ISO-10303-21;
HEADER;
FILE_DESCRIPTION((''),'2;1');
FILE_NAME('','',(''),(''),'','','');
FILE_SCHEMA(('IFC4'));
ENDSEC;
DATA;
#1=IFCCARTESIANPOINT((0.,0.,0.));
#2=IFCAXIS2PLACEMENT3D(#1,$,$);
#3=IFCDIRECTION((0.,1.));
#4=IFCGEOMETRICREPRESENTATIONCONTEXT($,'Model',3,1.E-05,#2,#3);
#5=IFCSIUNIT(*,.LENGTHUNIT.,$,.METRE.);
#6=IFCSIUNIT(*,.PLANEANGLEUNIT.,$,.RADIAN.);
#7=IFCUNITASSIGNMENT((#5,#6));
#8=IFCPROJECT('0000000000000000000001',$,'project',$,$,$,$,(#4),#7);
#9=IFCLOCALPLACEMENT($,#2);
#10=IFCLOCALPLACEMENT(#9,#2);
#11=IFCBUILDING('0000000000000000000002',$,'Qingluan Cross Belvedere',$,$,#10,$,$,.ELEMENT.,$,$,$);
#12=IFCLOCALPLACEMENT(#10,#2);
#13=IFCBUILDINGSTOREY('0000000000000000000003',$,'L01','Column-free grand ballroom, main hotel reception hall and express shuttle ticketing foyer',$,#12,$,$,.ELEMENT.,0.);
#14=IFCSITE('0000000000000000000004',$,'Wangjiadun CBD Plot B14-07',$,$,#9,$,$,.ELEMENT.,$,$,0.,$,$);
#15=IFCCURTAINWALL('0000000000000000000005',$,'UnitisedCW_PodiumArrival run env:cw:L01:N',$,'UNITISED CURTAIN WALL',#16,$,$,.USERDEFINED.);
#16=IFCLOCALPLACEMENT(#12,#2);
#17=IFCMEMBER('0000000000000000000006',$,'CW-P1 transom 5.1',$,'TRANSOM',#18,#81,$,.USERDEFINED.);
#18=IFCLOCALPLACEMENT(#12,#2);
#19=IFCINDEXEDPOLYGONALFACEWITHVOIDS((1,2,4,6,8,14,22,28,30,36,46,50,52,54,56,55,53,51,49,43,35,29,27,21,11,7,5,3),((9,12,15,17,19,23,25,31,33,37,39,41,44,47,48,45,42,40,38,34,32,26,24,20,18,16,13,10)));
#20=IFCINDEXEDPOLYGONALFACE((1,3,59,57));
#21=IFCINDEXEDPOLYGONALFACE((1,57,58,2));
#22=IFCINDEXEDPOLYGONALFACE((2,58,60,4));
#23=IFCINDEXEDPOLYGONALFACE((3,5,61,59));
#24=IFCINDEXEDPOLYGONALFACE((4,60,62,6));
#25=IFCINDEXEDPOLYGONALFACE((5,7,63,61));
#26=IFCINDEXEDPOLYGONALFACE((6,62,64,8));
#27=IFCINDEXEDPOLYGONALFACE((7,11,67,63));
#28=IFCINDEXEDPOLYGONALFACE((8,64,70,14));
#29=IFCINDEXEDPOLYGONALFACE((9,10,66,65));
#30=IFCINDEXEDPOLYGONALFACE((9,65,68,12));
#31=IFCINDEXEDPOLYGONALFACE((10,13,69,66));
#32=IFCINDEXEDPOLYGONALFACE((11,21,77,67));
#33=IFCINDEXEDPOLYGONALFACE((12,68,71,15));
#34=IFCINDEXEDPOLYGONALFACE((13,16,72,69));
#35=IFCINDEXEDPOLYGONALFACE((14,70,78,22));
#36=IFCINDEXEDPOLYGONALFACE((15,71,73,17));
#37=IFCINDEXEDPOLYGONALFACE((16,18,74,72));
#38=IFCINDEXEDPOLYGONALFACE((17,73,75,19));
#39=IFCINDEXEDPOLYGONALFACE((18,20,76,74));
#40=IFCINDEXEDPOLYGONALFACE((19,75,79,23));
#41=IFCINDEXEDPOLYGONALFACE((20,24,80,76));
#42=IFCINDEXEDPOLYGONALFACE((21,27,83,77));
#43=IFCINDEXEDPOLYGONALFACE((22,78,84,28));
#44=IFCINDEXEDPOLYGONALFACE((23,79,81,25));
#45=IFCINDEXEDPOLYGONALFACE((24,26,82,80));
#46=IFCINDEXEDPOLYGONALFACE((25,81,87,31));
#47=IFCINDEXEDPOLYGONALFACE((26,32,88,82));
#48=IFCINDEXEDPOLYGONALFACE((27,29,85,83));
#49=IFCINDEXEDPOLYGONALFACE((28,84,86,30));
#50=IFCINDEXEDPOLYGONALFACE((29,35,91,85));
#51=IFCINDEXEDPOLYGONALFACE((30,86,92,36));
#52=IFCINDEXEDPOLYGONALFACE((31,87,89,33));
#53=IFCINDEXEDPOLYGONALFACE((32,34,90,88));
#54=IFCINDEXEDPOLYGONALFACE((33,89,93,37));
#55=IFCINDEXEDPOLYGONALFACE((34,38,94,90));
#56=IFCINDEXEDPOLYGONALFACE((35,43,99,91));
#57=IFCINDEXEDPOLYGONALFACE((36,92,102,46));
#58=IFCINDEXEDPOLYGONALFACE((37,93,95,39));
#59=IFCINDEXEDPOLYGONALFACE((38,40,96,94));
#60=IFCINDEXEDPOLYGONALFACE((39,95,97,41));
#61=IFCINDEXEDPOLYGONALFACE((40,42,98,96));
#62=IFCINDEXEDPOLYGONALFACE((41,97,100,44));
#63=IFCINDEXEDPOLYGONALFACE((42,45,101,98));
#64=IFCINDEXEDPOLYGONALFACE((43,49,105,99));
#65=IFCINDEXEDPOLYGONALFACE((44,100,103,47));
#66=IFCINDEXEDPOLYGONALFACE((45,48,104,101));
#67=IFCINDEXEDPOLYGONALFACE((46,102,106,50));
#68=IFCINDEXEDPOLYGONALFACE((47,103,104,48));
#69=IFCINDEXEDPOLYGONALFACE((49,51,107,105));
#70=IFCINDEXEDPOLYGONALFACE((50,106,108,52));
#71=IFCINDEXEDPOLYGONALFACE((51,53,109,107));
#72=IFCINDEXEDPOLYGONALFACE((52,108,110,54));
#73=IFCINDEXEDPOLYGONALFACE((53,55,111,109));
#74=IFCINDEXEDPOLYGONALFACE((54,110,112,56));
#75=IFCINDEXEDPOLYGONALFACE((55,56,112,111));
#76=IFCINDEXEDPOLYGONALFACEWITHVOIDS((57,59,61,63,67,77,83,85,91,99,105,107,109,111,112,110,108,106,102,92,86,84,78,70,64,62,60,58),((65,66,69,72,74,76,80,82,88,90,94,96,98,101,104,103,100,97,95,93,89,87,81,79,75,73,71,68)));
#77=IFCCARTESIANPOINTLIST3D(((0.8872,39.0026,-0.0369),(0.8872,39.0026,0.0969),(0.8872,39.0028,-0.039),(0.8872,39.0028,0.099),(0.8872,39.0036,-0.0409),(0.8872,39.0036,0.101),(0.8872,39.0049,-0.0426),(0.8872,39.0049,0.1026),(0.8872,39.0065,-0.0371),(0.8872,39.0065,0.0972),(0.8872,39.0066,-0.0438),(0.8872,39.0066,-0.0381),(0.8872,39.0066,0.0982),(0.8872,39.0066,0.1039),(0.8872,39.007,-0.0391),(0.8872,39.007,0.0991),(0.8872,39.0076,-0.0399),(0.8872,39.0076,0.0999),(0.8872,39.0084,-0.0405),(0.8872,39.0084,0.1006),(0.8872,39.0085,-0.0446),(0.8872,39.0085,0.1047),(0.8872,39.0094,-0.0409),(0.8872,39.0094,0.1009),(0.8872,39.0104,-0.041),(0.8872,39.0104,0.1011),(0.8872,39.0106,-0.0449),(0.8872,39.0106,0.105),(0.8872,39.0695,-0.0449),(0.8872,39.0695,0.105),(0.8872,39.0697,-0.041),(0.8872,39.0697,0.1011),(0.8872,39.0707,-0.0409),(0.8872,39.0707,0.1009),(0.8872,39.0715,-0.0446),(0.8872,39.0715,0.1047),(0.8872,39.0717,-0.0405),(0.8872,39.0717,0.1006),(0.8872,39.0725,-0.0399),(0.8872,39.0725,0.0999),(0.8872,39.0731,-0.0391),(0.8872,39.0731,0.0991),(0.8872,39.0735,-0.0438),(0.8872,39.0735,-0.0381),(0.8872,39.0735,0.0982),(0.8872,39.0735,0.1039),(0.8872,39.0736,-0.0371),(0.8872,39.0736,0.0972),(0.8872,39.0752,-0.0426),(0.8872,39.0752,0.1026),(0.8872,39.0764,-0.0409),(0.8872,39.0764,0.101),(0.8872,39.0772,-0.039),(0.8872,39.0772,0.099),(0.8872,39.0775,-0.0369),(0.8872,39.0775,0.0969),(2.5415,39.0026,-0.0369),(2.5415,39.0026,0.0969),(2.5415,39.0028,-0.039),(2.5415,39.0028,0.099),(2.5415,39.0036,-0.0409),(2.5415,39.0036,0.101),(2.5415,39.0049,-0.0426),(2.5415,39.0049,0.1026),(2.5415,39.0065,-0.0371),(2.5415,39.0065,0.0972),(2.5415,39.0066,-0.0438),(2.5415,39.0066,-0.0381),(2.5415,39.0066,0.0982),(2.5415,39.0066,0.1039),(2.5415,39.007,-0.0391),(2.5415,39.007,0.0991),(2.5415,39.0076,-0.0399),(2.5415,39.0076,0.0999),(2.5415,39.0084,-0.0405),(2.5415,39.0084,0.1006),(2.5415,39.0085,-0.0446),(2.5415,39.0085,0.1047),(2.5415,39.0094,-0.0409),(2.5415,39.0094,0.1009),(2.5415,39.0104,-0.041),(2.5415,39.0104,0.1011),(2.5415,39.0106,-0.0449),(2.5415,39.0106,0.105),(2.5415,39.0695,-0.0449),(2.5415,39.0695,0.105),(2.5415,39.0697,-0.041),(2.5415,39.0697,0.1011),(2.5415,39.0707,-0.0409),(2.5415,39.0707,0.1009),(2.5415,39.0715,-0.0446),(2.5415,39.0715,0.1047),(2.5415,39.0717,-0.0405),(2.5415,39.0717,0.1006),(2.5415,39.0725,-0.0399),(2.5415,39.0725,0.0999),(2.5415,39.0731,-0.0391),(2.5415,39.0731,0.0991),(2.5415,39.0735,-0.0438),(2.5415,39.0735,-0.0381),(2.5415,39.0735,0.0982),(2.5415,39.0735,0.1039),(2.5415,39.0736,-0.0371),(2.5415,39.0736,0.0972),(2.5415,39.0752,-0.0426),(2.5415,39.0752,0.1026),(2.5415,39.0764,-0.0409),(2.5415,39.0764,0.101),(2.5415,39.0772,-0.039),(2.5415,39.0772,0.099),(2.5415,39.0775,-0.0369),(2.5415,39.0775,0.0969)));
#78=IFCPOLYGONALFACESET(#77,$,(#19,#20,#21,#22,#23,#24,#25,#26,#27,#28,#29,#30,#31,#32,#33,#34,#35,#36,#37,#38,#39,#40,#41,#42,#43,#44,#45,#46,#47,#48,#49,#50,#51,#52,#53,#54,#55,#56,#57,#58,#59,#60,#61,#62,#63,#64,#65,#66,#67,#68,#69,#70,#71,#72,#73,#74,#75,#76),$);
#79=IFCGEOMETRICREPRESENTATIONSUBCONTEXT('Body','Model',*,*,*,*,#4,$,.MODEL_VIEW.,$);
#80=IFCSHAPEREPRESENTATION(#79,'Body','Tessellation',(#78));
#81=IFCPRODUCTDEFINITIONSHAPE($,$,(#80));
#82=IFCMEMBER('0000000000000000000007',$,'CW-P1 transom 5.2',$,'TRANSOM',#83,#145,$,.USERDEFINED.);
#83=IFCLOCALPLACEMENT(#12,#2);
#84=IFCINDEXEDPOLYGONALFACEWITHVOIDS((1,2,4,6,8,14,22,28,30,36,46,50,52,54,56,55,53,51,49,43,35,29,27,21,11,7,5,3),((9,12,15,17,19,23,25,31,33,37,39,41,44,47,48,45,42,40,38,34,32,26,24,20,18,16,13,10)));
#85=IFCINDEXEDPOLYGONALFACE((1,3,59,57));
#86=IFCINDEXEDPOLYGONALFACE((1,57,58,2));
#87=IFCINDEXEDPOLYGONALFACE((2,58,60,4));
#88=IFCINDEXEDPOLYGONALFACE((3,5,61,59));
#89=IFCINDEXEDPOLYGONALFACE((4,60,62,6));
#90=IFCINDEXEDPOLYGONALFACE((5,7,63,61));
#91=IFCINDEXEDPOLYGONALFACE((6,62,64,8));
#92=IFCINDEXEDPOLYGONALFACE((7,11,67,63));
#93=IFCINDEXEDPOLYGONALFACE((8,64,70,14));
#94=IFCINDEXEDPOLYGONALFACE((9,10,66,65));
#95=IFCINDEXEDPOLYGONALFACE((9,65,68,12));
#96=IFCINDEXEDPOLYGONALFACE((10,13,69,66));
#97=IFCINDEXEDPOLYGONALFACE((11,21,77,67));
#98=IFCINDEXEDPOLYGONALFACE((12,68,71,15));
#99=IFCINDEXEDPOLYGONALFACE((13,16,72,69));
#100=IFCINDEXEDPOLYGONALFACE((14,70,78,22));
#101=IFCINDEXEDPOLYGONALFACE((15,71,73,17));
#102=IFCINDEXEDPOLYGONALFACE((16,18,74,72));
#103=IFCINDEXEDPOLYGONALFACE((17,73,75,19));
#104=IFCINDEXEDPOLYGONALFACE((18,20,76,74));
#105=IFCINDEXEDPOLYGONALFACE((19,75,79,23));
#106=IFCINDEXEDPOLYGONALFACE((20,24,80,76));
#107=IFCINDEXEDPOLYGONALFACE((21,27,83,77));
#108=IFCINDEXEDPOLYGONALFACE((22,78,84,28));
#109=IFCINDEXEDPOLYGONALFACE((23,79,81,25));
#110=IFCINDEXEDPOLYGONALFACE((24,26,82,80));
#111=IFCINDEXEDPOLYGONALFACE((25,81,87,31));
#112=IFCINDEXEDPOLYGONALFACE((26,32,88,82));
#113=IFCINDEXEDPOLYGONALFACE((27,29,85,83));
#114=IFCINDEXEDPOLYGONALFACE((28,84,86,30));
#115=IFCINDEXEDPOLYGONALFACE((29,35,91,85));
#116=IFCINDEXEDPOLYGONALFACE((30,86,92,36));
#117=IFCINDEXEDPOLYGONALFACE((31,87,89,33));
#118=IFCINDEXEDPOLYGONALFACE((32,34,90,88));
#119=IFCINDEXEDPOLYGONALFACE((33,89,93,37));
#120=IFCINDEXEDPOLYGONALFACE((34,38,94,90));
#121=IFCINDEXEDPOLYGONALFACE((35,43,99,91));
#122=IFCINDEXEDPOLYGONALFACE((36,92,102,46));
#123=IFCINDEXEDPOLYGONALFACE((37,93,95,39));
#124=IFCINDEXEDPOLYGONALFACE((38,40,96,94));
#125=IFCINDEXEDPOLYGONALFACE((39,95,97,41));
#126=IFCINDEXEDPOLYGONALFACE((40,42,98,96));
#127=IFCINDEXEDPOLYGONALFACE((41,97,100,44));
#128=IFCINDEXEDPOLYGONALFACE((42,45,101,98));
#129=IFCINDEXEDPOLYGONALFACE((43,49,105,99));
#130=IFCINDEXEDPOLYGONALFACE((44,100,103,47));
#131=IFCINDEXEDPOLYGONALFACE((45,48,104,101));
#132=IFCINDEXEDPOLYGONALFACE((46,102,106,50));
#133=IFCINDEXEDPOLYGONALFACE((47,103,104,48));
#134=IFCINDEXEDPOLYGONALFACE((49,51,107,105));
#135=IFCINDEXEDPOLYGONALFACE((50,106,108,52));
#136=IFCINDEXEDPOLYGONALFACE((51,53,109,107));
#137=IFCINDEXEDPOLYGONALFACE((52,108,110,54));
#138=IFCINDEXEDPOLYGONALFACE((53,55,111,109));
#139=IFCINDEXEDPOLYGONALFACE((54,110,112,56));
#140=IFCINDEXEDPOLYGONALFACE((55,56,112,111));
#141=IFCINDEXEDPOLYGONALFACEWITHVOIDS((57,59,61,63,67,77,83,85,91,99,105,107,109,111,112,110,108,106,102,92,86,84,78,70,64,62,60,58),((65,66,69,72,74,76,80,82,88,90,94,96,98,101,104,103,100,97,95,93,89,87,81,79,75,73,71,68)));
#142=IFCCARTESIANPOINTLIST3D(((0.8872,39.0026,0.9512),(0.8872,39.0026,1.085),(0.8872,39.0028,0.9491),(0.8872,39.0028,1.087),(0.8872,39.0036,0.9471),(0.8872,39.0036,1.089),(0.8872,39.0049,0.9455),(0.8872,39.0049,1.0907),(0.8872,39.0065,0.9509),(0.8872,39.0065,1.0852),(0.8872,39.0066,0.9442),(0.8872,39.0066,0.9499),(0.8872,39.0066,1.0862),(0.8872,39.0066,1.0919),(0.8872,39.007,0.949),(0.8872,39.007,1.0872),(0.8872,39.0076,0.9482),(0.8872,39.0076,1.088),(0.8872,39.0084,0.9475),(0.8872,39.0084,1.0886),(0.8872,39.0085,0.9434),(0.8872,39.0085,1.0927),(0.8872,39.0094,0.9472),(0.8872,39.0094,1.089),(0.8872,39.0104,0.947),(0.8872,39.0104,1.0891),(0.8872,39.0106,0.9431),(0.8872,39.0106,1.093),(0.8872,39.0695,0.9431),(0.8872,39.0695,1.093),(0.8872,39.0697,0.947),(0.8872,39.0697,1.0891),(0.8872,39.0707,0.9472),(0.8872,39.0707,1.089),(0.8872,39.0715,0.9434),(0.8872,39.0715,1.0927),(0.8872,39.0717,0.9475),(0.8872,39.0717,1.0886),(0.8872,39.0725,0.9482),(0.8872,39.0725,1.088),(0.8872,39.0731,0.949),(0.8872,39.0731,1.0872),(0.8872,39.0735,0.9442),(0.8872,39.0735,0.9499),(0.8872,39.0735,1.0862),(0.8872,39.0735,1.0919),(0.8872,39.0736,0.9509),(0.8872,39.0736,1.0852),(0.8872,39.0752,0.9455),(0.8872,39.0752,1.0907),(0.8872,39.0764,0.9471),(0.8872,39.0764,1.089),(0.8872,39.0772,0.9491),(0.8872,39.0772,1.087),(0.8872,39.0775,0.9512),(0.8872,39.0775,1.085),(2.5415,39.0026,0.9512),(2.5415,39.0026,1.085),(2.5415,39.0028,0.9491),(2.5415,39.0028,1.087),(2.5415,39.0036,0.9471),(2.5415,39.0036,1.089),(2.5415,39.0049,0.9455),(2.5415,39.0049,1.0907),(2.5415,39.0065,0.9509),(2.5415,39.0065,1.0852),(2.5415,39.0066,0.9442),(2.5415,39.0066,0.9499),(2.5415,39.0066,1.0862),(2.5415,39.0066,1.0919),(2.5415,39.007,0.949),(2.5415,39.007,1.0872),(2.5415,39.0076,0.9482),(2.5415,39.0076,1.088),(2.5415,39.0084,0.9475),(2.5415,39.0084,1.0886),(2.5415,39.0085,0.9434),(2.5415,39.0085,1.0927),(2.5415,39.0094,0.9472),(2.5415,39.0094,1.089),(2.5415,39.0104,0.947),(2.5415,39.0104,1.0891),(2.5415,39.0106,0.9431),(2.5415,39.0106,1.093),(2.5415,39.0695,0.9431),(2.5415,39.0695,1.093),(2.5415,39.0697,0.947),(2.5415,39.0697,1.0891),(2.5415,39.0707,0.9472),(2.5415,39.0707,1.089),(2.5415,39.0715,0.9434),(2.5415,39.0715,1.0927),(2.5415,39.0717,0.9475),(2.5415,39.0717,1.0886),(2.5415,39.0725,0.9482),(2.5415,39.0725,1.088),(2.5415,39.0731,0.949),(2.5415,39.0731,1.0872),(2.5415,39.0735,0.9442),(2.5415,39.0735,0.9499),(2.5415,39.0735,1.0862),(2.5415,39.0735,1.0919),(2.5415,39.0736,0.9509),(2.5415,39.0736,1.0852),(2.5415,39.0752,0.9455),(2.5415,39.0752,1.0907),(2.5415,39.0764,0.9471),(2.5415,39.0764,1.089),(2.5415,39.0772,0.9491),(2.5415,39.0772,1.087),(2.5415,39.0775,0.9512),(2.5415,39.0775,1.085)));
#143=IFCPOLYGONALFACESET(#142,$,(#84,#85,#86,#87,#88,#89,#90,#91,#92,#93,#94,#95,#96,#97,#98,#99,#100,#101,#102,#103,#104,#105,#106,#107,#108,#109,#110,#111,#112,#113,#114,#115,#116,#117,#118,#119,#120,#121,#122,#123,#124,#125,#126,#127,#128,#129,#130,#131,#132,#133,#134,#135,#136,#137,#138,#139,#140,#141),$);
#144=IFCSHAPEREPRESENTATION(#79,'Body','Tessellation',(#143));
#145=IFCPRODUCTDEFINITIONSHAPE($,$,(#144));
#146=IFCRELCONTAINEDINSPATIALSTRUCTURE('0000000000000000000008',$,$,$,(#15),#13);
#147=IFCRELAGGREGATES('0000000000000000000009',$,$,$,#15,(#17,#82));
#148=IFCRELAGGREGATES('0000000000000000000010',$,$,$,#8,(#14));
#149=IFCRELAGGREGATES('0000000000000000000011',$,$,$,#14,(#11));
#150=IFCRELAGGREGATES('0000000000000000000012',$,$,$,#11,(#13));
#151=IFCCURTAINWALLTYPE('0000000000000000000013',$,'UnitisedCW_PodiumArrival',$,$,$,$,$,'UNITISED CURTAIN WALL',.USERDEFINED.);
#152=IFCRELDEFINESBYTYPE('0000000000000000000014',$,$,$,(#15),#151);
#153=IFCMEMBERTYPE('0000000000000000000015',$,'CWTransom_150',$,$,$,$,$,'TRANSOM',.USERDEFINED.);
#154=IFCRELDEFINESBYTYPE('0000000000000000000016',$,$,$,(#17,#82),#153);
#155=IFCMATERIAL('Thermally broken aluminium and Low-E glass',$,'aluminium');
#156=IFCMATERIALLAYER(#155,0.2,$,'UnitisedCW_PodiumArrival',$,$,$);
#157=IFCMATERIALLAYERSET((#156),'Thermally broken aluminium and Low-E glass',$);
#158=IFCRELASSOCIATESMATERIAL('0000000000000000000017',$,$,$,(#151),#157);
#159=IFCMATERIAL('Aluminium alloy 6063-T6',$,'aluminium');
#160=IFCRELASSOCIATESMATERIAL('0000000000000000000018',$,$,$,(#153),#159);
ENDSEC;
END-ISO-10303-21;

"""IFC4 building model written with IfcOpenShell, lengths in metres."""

from ifc_helpers import new_model, si_unit, direction, frame, origin, origin_2d, place, context, subcontext, project, spatial, hollow_rectangle, extrude, material, layer, layer_set, material_profile, profile_set, type_object, element, aggregate, save


model = new_model("IFC4")

# Units and contexts
model_context = context("Model", 3, precision=1e-05, world=origin(), true_north=direction((0.0, 1.0)))
body_context = subcontext(model_context, "Body", "Model", "MODEL_VIEW")
ifc_project = project(units=[si_unit("LENGTHUNIT", "METRE"), si_unit("PLANEANGLEUNIT", "RADIAN")], contexts=[model_context])

# Site, building, storey
site_placement = place(None, origin())
site = spatial("IfcSite", under=ifc_project, at=site_placement, Name="Wangjiadun CBD Plot B14-07", CompositionType="ELEMENT", RefElevation=0.0)
building_placement = place(site_placement, origin())
building = spatial("IfcBuilding", under=site, at=building_placement, Name="Qingluan Cross Belvedere", CompositionType="ELEMENT")
storey_placement = place(building_placement, origin())
storey = spatial("IfcBuildingStorey", under=building, at=storey_placement, Name="L01", Description="Column-free grand ballroom, main hotel reception hall and express shuttle ticketing foyer", CompositionType="ELEMENT", Elevation=0.0)

# Curtain wall, members
ifc_material_1 = material(Name="Thermally broken aluminium and Low-E glass", Category="aluminium")
ifc_layer_1 = layer(ifc_material_1, 0.2, Name="UnitisedCW_PodiumArrival")
ifc_layer_set_1 = layer_set([ifc_layer_1], Name="Thermally broken aluminium and Low-E glass")
curtain_wall_type = type_object("IfcCurtainWallType", Name="UnitisedCW_PodiumArrival", ElementType="UNITISED CURTAIN WALL", PredefinedType="USERDEFINED", material=ifc_layer_set_1)
curtain_wall_placement = place(storey_placement, origin())
curtain_wall = element("IfcCurtainWall", 1, at=curtain_wall_placement, inside=storey, type_object=curtain_wall_type, Name="UnitisedCW_PodiumArrival run env:cw:L01:N", ObjectType="UNITISED CURTAIN WALL", PredefinedType="USERDEFINED")
ifc_material_2 = material(Name="Aluminium alloy 6063-T6", Category="aluminium")
ifc_material_profile_1 = material_profile(ifc_material_2, hollow_rectangle(XDim=0.075, YDim=0.1499, WallThickness=0.0039, InnerFilletRadius=0.0039, OuterFilletRadius=0.0081, at=origin_2d()), Name="CWT150x75x4")
ifc_profile_set_1 = profile_set([ifc_material_profile_1], Name="Aluminium alloy 6063-T6")
member_type_1 = type_object("IfcMemberType", Name="CWTransom_150", ElementType="TRANSOM", PredefinedType="USERDEFINED", material=ifc_profile_set_1)
member_1_placement = place(storey_placement, frame((0.8872, 39.04, 0.03), z_axis=(1.0, 0.0, 0.0), x_axis=(0.0, 1.0, 0.0)))
member_1 = element("IfcMember", 2, at=member_1_placement, type_object=member_type_1, Name="CW-P1 transom 5.1", ObjectType="TRANSOM", PredefinedType="USERDEFINED", context=body_context, shape_type="SweptSolid", body=[
    extrude(hollow_rectangle(XDim=0.075, YDim=0.1499, WallThickness=0.0039, InnerFilletRadius=0.0039, OuterFilletRadius=0.0081, at=origin_2d()), origin(), (0.0, 0.0, 1.0), 1.6543),
])
member_2_placement = place(storey_placement, frame((0.8872, 39.04, 1.0181), z_axis=(1.0, 0.0, 0.0), x_axis=(0.0, 1.0, 0.0)))
member_2 = element("IfcMember", 3, at=member_2_placement, type_object=member_type_1, Name="CW-P1 transom 5.2", ObjectType="TRANSOM", PredefinedType="USERDEFINED", context=body_context, shape_type="SweptSolid", body=[
    extrude(hollow_rectangle(XDim=0.075, YDim=0.1499, WallThickness=0.0039, InnerFilletRadius=0.0039, OuterFilletRadius=0.0081, at=origin_2d()), origin(), (0.0, 0.0, 1.0), 1.6543),
])

aggregate(curtain_wall, [member_1, member_2])

save(model, "model.ifc")
